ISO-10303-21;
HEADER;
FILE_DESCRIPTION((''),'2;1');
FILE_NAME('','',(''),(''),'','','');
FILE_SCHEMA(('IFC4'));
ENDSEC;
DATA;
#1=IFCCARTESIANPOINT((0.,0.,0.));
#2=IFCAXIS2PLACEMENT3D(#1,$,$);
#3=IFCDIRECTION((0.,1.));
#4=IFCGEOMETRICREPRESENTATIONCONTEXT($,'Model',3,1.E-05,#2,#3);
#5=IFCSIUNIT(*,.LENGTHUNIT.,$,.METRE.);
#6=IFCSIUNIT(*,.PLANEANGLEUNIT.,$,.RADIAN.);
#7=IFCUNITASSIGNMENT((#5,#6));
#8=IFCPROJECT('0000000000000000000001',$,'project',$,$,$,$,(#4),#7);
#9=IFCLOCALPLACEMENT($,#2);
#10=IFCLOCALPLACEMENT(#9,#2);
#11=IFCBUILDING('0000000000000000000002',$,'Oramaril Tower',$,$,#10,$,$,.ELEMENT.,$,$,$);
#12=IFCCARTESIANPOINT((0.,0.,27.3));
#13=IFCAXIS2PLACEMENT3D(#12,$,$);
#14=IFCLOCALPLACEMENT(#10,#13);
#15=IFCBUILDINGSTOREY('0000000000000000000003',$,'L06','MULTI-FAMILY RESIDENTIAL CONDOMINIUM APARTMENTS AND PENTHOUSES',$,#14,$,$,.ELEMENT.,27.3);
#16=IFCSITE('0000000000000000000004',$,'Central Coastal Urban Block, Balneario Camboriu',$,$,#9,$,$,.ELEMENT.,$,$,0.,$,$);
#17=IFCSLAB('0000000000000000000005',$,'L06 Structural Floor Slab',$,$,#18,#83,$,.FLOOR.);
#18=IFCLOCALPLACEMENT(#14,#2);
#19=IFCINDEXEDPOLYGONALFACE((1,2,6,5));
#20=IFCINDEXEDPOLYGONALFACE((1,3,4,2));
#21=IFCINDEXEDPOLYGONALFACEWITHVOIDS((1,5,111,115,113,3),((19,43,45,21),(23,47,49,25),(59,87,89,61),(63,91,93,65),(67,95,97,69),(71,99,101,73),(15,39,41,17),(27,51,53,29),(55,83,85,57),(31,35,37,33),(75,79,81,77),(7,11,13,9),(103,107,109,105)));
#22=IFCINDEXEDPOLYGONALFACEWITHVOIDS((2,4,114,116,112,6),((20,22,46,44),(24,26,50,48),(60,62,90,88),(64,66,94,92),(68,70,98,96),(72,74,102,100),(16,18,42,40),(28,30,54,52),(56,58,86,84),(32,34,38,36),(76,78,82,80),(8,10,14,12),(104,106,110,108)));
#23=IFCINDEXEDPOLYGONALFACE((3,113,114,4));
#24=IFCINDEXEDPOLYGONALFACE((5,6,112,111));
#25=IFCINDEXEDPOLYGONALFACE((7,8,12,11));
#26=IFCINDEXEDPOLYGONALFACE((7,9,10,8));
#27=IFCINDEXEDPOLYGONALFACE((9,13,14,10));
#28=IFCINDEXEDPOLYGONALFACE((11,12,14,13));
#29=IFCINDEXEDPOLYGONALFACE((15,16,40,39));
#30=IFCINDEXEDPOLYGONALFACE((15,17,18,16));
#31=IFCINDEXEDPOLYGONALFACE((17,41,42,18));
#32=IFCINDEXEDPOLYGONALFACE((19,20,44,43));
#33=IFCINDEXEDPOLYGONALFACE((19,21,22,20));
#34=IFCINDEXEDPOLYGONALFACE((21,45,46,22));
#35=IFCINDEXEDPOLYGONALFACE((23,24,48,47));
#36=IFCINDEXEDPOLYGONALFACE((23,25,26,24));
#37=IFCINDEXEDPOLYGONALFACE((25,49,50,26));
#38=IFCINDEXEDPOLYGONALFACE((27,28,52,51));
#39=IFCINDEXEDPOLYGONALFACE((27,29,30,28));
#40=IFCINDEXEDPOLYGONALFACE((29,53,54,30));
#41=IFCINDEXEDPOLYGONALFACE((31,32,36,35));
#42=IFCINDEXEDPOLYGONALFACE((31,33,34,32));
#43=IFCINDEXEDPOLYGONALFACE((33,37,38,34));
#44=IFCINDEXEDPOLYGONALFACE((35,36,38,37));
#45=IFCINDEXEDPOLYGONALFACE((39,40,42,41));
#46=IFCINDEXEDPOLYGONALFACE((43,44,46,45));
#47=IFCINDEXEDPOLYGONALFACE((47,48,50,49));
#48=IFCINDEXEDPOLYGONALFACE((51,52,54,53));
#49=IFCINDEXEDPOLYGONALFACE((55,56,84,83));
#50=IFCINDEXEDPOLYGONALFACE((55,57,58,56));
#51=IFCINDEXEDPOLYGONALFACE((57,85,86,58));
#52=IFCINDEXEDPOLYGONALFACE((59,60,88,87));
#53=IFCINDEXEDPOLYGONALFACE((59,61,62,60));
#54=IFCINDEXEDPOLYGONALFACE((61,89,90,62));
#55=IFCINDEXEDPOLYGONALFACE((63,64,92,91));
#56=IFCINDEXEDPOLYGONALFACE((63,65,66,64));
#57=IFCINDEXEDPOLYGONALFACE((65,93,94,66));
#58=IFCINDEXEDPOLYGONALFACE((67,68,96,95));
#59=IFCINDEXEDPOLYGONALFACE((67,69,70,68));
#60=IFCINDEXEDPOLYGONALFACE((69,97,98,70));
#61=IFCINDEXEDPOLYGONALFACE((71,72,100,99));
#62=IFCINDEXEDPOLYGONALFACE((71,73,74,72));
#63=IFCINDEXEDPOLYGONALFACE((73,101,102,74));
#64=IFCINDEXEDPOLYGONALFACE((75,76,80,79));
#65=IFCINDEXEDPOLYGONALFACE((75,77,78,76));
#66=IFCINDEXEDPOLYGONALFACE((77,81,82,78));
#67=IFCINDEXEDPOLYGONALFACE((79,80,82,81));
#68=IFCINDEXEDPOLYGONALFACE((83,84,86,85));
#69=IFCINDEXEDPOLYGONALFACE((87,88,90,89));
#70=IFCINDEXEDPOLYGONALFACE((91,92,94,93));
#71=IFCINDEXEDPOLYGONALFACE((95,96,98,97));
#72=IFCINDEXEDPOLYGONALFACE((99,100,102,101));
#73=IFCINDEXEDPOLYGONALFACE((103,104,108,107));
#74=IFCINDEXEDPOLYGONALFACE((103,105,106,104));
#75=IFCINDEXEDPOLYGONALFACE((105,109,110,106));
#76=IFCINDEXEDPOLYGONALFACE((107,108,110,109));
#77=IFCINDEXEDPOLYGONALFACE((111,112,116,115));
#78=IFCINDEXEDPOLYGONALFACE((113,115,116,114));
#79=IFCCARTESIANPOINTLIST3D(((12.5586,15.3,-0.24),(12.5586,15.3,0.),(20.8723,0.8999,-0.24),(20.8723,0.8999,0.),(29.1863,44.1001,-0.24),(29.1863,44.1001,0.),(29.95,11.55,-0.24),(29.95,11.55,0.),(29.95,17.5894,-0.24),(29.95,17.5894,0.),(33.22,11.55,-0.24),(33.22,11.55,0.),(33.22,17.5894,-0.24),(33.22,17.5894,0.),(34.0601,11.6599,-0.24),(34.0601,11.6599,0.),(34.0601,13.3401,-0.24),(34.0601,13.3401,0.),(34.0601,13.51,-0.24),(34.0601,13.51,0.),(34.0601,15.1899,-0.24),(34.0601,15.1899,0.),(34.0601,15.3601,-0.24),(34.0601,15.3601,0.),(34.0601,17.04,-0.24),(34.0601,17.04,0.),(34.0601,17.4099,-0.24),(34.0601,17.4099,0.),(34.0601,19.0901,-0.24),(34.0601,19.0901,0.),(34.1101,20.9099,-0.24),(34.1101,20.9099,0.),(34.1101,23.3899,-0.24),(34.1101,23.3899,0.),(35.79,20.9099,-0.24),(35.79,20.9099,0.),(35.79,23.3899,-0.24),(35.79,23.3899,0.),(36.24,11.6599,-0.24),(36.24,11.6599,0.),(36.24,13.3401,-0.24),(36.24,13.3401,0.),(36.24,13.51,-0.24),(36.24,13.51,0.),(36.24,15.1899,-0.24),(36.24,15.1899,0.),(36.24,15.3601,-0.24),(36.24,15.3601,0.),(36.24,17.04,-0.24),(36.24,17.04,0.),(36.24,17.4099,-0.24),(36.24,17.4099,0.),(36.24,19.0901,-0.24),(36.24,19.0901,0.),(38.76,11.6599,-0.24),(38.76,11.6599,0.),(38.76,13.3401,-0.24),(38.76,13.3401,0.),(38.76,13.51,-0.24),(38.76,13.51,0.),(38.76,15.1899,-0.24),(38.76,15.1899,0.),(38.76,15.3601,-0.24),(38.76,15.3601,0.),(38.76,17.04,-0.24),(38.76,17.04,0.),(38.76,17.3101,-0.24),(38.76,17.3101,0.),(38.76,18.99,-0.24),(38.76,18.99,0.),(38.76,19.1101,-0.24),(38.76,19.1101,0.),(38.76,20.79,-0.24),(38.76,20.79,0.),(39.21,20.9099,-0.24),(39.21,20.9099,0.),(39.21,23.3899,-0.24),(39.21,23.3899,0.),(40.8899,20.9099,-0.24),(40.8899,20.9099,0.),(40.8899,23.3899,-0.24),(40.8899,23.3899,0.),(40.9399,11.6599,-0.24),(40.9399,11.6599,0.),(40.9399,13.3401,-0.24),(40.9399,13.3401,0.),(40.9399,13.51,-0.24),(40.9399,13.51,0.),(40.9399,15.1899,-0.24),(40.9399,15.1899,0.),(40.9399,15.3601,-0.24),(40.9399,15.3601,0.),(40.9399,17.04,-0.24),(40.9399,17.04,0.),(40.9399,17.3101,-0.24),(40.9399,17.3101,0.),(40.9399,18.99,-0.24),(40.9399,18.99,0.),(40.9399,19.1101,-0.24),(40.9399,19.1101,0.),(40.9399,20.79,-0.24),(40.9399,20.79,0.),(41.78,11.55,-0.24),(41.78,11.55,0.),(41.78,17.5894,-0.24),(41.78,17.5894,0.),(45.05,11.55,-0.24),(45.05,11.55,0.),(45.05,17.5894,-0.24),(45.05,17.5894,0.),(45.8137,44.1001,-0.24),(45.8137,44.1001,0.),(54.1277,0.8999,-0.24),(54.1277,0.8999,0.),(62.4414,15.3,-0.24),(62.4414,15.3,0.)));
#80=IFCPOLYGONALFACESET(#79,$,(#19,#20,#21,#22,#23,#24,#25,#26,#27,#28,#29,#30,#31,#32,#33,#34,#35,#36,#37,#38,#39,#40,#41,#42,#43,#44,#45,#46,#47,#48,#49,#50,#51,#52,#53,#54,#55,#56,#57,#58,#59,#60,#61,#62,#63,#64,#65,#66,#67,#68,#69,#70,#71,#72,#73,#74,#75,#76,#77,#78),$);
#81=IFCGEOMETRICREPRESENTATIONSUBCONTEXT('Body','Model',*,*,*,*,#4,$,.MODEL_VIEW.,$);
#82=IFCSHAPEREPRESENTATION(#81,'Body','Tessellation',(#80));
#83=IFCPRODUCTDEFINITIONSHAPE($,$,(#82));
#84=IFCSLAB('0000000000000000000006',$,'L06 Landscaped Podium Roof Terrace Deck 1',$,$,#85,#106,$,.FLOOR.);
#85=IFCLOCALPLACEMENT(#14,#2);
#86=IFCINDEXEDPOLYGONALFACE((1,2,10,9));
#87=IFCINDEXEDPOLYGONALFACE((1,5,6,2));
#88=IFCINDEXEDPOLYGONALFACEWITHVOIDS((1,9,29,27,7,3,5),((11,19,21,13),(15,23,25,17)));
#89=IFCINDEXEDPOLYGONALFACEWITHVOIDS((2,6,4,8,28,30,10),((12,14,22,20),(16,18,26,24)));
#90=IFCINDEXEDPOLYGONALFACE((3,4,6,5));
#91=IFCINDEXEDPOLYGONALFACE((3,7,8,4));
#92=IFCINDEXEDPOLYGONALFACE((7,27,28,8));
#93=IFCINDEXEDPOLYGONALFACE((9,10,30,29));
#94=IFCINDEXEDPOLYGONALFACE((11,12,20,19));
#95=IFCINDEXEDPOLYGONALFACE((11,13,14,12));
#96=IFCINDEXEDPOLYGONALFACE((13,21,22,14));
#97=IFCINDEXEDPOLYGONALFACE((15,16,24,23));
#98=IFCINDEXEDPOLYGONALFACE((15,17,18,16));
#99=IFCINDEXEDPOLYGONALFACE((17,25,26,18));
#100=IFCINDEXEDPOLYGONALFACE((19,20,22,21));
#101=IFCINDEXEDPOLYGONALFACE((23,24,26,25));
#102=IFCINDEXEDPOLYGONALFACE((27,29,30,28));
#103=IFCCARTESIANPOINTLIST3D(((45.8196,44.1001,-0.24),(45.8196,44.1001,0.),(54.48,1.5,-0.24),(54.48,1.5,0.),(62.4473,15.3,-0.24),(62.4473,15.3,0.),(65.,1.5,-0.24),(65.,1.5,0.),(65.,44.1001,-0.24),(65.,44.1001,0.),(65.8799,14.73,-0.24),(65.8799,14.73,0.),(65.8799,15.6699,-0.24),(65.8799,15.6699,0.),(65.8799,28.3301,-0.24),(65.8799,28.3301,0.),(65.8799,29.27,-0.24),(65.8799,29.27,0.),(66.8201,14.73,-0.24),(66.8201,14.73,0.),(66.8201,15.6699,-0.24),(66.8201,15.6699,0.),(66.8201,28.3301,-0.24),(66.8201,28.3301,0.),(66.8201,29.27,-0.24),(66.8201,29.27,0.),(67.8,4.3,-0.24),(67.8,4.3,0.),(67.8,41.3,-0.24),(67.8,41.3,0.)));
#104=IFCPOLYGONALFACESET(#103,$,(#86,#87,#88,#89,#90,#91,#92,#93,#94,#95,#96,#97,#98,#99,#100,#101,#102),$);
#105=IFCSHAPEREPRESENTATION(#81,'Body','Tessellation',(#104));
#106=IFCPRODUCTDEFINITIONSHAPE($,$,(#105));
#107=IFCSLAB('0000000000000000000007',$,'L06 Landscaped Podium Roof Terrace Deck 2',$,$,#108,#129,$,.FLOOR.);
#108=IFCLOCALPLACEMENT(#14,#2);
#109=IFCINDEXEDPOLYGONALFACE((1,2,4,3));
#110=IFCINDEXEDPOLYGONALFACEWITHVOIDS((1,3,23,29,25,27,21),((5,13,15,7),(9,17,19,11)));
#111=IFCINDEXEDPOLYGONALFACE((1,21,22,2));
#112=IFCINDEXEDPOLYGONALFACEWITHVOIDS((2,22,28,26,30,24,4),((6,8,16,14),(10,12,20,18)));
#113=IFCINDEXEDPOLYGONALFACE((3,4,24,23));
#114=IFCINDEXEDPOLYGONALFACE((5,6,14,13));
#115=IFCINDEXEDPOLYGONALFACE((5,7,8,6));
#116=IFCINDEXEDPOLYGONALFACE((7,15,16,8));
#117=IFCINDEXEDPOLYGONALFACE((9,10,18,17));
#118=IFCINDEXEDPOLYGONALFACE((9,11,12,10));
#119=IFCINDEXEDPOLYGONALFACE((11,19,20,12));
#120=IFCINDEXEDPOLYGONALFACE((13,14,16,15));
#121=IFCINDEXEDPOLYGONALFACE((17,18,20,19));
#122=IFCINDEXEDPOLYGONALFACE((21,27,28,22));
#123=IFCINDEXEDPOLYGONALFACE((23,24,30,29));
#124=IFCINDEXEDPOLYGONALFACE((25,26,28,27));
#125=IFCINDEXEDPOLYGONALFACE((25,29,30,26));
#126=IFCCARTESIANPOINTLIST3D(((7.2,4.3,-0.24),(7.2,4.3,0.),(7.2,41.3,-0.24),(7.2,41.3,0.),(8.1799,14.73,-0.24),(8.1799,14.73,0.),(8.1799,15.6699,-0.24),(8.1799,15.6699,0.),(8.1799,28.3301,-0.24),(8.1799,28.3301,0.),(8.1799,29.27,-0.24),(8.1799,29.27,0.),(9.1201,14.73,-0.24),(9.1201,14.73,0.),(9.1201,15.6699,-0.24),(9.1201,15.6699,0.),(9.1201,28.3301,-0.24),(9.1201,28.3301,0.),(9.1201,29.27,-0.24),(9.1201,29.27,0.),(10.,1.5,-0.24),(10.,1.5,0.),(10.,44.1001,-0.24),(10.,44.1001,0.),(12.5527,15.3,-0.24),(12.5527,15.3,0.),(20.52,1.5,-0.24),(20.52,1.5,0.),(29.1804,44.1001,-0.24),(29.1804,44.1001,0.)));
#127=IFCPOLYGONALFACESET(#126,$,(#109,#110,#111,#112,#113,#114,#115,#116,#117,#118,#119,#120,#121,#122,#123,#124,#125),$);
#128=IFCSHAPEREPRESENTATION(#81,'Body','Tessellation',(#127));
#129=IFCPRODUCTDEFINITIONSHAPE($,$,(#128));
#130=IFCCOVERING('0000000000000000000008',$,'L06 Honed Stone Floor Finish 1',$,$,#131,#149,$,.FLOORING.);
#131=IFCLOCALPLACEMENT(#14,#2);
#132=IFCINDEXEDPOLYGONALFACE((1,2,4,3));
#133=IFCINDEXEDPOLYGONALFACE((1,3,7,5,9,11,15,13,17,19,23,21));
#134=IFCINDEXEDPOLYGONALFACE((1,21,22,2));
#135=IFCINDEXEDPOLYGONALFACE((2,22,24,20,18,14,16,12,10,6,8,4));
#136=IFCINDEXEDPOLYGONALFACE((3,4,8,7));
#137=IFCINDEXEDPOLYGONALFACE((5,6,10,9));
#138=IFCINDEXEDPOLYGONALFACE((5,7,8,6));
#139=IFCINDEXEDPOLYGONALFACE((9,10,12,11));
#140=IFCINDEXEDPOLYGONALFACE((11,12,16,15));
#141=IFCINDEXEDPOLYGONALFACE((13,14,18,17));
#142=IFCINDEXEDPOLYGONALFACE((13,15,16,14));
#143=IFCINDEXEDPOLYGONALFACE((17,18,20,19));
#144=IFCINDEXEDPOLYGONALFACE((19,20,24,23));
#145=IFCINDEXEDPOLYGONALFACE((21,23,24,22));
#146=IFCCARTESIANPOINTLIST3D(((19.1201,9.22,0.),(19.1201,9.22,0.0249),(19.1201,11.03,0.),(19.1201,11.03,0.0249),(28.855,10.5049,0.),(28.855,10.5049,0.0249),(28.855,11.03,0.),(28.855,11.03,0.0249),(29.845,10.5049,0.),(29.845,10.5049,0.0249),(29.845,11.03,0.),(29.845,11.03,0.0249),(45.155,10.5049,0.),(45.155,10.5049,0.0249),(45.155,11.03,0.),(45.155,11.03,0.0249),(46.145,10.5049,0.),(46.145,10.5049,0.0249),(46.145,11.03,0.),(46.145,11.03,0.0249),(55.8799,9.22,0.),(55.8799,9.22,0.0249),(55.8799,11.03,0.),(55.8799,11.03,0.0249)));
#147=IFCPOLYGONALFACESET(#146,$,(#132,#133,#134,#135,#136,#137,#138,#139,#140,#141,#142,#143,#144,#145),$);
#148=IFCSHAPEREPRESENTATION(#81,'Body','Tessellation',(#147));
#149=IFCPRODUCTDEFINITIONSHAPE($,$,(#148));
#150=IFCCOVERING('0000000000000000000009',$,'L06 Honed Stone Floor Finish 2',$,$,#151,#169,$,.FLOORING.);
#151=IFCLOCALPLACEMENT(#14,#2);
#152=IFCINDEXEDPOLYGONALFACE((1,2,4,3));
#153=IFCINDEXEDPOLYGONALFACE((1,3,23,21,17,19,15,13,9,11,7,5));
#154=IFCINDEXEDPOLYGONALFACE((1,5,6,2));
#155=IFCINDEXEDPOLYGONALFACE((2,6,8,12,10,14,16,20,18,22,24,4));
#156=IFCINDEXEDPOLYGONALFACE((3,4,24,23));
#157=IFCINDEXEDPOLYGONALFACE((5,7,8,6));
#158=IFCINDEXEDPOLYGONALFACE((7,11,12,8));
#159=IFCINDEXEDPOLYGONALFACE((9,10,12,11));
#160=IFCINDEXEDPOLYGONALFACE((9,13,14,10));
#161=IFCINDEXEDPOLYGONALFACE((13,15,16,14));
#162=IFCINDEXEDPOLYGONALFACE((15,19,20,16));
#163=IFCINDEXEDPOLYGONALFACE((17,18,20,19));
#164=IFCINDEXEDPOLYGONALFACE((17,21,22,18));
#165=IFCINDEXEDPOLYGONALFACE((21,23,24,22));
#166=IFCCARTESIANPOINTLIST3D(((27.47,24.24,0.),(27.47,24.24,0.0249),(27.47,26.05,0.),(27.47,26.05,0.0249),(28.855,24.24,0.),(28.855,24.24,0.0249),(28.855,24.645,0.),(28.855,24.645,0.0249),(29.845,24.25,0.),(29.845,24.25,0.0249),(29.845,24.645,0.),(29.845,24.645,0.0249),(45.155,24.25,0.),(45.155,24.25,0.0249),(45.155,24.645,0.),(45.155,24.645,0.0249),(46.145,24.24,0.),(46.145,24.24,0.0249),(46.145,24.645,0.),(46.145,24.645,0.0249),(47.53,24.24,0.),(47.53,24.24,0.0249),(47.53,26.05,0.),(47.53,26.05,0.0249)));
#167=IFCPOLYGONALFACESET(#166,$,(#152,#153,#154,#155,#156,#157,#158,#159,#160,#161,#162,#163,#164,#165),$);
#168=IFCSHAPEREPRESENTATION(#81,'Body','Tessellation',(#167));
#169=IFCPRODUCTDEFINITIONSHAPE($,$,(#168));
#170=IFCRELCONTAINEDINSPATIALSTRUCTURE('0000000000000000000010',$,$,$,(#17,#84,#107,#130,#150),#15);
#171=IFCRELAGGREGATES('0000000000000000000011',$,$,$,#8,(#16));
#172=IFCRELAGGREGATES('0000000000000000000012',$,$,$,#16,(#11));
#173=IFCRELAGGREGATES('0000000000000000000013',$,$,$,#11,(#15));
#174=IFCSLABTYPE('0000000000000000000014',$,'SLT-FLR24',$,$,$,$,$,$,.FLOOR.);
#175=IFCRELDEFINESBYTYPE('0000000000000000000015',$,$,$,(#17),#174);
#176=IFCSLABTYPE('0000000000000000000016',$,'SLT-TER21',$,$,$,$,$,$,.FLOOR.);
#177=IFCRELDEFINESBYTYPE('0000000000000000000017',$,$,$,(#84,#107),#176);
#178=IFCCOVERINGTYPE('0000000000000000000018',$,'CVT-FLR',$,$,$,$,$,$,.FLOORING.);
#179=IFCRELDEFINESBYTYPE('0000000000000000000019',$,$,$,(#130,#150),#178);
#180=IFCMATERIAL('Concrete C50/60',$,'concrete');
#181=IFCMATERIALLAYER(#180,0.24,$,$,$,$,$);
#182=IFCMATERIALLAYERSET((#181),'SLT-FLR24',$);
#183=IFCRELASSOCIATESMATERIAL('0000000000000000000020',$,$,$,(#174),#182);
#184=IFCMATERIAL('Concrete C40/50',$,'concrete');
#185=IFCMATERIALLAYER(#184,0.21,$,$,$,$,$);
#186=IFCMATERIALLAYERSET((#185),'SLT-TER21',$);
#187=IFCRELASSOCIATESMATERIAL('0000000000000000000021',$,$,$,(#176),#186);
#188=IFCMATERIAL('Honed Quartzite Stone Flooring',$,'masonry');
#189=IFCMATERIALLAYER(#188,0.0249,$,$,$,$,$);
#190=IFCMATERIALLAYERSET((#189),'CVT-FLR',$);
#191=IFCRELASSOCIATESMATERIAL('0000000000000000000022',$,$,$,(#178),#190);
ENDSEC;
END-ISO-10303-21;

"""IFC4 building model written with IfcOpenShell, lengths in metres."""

from ifc_helpers import new_model, si_unit, direction, frame, origin, place, context, subcontext, project, spatial, polyline, outline, extrude, material, layer, layer_set, type_object, element, save


model = new_model("IFC4")

# Units and contexts
model_context = context("Model", 3, precision=1e-05, world=origin(), true_north=direction((0.0, 1.0)))
body_context = subcontext(model_context, "Body", "Model", "MODEL_VIEW")
ifc_project = project(units=[si_unit("LENGTHUNIT", "METRE"), si_unit("PLANEANGLEUNIT", "RADIAN")], contexts=[model_context])

# Site, building, storey
site_placement = place(None, origin())
site = spatial("IfcSite", under=ifc_project, at=site_placement, Name="Central Coastal Urban Block, Balneario Camboriu", CompositionType="ELEMENT", RefElevation=0.0)
building_placement = place(site_placement, origin())
building = spatial("IfcBuilding", under=site, at=building_placement, Name="Oramaril Tower", CompositionType="ELEMENT")
storey_placement = place(building_placement, frame((0.0, 0.0, 27.3)))
storey = spatial("IfcBuildingStorey", under=building, at=storey_placement, Name="L06", Description="MULTI-FAMILY RESIDENTIAL CONDOMINIUM APARTMENTS AND PENTHOUSES", CompositionType="ELEMENT", Elevation=27.3)

# Slabs
ifc_material_1 = material(Name="Concrete C50/60", Category="concrete")
ifc_layer_1 = layer(ifc_material_1, 0.24)
ifc_layer_set_1 = layer_set([ifc_layer_1], Name="SLT-FLR24")
slab_type_1 = type_object("IfcSlabType", Name="SLT-FLR24", PredefinedType="FLOOR", material=ifc_layer_set_1)
slab_1_placement = place(storey_placement, frame((0.0, 0.0, -0.24)))
element("IfcSlab", 1, at=slab_1_placement, inside=storey, type_object=slab_type_1, Name="L06 Structural Floor Slab", PredefinedType="FLOOR", context=body_context, shape_type="SweptSolid", body=[
    extrude(outline(polyline([(12.5586, 15.3), (20.8723, 0.8999), (54.1277, 0.8999), (62.4414, 15.3), (45.8137, 44.1001), (29.1863, 44.1001), (12.5586, 15.3)]), holes=[polyline([(29.95, 17.5894), (29.95, 11.55), (33.22, 11.55), (33.22, 17.5894), (29.95, 17.5894)]), polyline([(41.78, 17.5894), (41.78, 11.55), (45.05, 11.55), (45.05, 17.5894), (41.78, 17.5894)]), polyline([(34.1101, 20.9099), (35.79, 20.9099), (35.79, 23.3899), (34.1101, 23.3899), (34.1101, 20.9099)]), polyline([(39.21, 20.9099), (40.8899, 20.9099), (40.8899, 23.3899), (39.21, 23.3899), (39.21, 20.9099)]), polyline([(34.0601, 11.6599), (36.24, 11.6599), (36.24, 13.3401), (34.0601, 13.3401), (34.0601, 11.6599)]), polyline([(34.0601, 13.51), (36.24, 13.51), (36.24, 15.1899), (34.0601, 15.1899), (34.0601, 13.51)]), polyline([(34.0601, 15.3601), (36.24, 15.3601), (36.24, 17.04), (34.0601, 17.04), (34.0601, 15.3601)]), polyline([(38.76, 11.6599), (40.9399, 11.6599), (40.9399, 13.3401), (38.76, 13.3401), (38.76, 11.6599)]), polyline([(38.76, 13.51), (40.9399, 13.51), (40.9399, 15.1899), (38.76, 15.1899), (38.76, 13.51)]), polyline([(38.76, 15.3601), (40.9399, 15.3601), (40.9399, 17.04), (38.76, 17.04), (38.76, 15.3601)]), polyline([(34.0601, 17.4099), (36.24, 17.4099), (36.24, 19.0901), (34.0601, 19.0901), (34.0601, 17.4099)]), polyline([(38.76, 17.3101), (40.9399, 17.3101), (40.9399, 18.99), (38.76, 18.99), (38.76, 17.3101)]), polyline([(38.76, 19.1101), (40.9399, 19.1101), (40.9399, 20.79), (38.76, 20.79), (38.76, 19.1101)])]), origin(), (0.0, 0.0, 1.0), 0.24),
])
ifc_material_2 = material(Name="Concrete C40/50", Category="concrete")
ifc_layer_2 = layer(ifc_material_2, 0.21)
ifc_layer_set_2 = layer_set([ifc_layer_2], Name="SLT-TER21")
slab_type_2 = type_object("IfcSlabType", Name="SLT-TER21", PredefinedType="FLOOR", material=ifc_layer_set_2)
slab_2_placement = place(storey_placement, frame((0.0, 0.0, -0.24)))
element("IfcSlab", 2, at=slab_2_placement, inside=storey, type_object=slab_type_2, Name="L06 Landscaped Podium Roof Terrace Deck 1", PredefinedType="FLOOR", context=body_context, shape_type="SweptSolid", body=[
    extrude(outline(polyline([(67.8, 41.3), (67.8, 4.3), (65.0, 1.5), (54.48, 1.5), (62.4473, 15.3), (45.8196, 44.1001), (65.0, 44.1001), (67.8, 41.3)]), holes=[polyline([(65.8799, 14.73), (66.8201, 14.73), (66.8201, 15.6699), (65.8799, 15.6699), (65.8799, 14.73)]), polyline([(65.8799, 28.3301), (66.8201, 28.3301), (66.8201, 29.27), (65.8799, 29.27), (65.8799, 28.3301)])]), origin(), (0.0, 0.0, 1.0), 0.24),
])
slab_3_placement = place(storey_placement, frame((0.0, 0.0, -0.24)))
element("IfcSlab", 3, at=slab_3_placement, inside=storey, type_object=slab_type_2, Name="L06 Landscaped Podium Roof Terrace Deck 2", PredefinedType="FLOOR", context=body_context, shape_type="SweptSolid", body=[
    extrude(outline(polyline([(7.2, 4.3), (7.2, 41.3), (10.0, 44.1001), (29.1804, 44.1001), (12.5527, 15.3), (20.52, 1.5), (10.0, 1.5), (7.2, 4.3)]), holes=[polyline([(8.1799, 14.73), (9.1201, 14.73), (9.1201, 15.6699), (8.1799, 15.6699), (8.1799, 14.73)]), polyline([(8.1799, 28.3301), (9.1201, 28.3301), (9.1201, 29.27), (8.1799, 29.27), (8.1799, 28.3301)])]), origin(), (0.0, 0.0, 1.0), 0.24),
])

# Coverings
ifc_material_3 = material(Name="Honed Quartzite Stone Flooring", Category="masonry")
ifc_layer_3 = layer(ifc_material_3, 0.0249)
ifc_layer_set_3 = layer_set([ifc_layer_3], Name="CVT-FLR")
covering_type = type_object("IfcCoveringType", Name="CVT-FLR", PredefinedType="FLOORING", material=ifc_layer_set_3)
covering_1_placement = place(storey_placement, origin())
element("IfcCovering", 4, at=covering_1_placement, inside=storey, type_object=covering_type, Name="L06 Honed Stone Floor Finish 1", PredefinedType="FLOORING", context=body_context, shape_type="SweptSolid", body=[
    extrude(outline(polyline([(28.855, 10.5049), (29.845, 10.5049), (29.845, 11.03), (45.155, 11.03), (45.155, 10.5049), (46.145, 10.5049), (46.145, 11.03), (55.8799, 11.03), (55.8799, 9.22), (19.1201, 9.22), (19.1201, 11.03), (28.855, 11.03), (28.855, 10.5049)])), origin(), (0.0, 0.0, 1.0), 0.0249),
])
covering_2_placement = place(storey_placement, origin())
element("IfcCovering", 5, at=covering_2_placement, inside=storey, type_object=covering_type, Name="L06 Honed Stone Floor Finish 2", PredefinedType="FLOORING", context=body_context, shape_type="SweptSolid", body=[
    extrude(outline(polyline([(47.53, 24.24), (46.145, 24.24), (46.145, 24.645), (45.155, 24.645), (45.155, 24.25), (29.845, 24.25), (29.845, 24.645), (28.855, 24.645), (28.855, 24.24), (27.47, 24.24), (27.47, 26.05), (47.53, 26.05), (47.53, 24.24)])), origin(), (0.0, 0.0, 1.0), 0.0249),
])

save(model, "model.ifc")
